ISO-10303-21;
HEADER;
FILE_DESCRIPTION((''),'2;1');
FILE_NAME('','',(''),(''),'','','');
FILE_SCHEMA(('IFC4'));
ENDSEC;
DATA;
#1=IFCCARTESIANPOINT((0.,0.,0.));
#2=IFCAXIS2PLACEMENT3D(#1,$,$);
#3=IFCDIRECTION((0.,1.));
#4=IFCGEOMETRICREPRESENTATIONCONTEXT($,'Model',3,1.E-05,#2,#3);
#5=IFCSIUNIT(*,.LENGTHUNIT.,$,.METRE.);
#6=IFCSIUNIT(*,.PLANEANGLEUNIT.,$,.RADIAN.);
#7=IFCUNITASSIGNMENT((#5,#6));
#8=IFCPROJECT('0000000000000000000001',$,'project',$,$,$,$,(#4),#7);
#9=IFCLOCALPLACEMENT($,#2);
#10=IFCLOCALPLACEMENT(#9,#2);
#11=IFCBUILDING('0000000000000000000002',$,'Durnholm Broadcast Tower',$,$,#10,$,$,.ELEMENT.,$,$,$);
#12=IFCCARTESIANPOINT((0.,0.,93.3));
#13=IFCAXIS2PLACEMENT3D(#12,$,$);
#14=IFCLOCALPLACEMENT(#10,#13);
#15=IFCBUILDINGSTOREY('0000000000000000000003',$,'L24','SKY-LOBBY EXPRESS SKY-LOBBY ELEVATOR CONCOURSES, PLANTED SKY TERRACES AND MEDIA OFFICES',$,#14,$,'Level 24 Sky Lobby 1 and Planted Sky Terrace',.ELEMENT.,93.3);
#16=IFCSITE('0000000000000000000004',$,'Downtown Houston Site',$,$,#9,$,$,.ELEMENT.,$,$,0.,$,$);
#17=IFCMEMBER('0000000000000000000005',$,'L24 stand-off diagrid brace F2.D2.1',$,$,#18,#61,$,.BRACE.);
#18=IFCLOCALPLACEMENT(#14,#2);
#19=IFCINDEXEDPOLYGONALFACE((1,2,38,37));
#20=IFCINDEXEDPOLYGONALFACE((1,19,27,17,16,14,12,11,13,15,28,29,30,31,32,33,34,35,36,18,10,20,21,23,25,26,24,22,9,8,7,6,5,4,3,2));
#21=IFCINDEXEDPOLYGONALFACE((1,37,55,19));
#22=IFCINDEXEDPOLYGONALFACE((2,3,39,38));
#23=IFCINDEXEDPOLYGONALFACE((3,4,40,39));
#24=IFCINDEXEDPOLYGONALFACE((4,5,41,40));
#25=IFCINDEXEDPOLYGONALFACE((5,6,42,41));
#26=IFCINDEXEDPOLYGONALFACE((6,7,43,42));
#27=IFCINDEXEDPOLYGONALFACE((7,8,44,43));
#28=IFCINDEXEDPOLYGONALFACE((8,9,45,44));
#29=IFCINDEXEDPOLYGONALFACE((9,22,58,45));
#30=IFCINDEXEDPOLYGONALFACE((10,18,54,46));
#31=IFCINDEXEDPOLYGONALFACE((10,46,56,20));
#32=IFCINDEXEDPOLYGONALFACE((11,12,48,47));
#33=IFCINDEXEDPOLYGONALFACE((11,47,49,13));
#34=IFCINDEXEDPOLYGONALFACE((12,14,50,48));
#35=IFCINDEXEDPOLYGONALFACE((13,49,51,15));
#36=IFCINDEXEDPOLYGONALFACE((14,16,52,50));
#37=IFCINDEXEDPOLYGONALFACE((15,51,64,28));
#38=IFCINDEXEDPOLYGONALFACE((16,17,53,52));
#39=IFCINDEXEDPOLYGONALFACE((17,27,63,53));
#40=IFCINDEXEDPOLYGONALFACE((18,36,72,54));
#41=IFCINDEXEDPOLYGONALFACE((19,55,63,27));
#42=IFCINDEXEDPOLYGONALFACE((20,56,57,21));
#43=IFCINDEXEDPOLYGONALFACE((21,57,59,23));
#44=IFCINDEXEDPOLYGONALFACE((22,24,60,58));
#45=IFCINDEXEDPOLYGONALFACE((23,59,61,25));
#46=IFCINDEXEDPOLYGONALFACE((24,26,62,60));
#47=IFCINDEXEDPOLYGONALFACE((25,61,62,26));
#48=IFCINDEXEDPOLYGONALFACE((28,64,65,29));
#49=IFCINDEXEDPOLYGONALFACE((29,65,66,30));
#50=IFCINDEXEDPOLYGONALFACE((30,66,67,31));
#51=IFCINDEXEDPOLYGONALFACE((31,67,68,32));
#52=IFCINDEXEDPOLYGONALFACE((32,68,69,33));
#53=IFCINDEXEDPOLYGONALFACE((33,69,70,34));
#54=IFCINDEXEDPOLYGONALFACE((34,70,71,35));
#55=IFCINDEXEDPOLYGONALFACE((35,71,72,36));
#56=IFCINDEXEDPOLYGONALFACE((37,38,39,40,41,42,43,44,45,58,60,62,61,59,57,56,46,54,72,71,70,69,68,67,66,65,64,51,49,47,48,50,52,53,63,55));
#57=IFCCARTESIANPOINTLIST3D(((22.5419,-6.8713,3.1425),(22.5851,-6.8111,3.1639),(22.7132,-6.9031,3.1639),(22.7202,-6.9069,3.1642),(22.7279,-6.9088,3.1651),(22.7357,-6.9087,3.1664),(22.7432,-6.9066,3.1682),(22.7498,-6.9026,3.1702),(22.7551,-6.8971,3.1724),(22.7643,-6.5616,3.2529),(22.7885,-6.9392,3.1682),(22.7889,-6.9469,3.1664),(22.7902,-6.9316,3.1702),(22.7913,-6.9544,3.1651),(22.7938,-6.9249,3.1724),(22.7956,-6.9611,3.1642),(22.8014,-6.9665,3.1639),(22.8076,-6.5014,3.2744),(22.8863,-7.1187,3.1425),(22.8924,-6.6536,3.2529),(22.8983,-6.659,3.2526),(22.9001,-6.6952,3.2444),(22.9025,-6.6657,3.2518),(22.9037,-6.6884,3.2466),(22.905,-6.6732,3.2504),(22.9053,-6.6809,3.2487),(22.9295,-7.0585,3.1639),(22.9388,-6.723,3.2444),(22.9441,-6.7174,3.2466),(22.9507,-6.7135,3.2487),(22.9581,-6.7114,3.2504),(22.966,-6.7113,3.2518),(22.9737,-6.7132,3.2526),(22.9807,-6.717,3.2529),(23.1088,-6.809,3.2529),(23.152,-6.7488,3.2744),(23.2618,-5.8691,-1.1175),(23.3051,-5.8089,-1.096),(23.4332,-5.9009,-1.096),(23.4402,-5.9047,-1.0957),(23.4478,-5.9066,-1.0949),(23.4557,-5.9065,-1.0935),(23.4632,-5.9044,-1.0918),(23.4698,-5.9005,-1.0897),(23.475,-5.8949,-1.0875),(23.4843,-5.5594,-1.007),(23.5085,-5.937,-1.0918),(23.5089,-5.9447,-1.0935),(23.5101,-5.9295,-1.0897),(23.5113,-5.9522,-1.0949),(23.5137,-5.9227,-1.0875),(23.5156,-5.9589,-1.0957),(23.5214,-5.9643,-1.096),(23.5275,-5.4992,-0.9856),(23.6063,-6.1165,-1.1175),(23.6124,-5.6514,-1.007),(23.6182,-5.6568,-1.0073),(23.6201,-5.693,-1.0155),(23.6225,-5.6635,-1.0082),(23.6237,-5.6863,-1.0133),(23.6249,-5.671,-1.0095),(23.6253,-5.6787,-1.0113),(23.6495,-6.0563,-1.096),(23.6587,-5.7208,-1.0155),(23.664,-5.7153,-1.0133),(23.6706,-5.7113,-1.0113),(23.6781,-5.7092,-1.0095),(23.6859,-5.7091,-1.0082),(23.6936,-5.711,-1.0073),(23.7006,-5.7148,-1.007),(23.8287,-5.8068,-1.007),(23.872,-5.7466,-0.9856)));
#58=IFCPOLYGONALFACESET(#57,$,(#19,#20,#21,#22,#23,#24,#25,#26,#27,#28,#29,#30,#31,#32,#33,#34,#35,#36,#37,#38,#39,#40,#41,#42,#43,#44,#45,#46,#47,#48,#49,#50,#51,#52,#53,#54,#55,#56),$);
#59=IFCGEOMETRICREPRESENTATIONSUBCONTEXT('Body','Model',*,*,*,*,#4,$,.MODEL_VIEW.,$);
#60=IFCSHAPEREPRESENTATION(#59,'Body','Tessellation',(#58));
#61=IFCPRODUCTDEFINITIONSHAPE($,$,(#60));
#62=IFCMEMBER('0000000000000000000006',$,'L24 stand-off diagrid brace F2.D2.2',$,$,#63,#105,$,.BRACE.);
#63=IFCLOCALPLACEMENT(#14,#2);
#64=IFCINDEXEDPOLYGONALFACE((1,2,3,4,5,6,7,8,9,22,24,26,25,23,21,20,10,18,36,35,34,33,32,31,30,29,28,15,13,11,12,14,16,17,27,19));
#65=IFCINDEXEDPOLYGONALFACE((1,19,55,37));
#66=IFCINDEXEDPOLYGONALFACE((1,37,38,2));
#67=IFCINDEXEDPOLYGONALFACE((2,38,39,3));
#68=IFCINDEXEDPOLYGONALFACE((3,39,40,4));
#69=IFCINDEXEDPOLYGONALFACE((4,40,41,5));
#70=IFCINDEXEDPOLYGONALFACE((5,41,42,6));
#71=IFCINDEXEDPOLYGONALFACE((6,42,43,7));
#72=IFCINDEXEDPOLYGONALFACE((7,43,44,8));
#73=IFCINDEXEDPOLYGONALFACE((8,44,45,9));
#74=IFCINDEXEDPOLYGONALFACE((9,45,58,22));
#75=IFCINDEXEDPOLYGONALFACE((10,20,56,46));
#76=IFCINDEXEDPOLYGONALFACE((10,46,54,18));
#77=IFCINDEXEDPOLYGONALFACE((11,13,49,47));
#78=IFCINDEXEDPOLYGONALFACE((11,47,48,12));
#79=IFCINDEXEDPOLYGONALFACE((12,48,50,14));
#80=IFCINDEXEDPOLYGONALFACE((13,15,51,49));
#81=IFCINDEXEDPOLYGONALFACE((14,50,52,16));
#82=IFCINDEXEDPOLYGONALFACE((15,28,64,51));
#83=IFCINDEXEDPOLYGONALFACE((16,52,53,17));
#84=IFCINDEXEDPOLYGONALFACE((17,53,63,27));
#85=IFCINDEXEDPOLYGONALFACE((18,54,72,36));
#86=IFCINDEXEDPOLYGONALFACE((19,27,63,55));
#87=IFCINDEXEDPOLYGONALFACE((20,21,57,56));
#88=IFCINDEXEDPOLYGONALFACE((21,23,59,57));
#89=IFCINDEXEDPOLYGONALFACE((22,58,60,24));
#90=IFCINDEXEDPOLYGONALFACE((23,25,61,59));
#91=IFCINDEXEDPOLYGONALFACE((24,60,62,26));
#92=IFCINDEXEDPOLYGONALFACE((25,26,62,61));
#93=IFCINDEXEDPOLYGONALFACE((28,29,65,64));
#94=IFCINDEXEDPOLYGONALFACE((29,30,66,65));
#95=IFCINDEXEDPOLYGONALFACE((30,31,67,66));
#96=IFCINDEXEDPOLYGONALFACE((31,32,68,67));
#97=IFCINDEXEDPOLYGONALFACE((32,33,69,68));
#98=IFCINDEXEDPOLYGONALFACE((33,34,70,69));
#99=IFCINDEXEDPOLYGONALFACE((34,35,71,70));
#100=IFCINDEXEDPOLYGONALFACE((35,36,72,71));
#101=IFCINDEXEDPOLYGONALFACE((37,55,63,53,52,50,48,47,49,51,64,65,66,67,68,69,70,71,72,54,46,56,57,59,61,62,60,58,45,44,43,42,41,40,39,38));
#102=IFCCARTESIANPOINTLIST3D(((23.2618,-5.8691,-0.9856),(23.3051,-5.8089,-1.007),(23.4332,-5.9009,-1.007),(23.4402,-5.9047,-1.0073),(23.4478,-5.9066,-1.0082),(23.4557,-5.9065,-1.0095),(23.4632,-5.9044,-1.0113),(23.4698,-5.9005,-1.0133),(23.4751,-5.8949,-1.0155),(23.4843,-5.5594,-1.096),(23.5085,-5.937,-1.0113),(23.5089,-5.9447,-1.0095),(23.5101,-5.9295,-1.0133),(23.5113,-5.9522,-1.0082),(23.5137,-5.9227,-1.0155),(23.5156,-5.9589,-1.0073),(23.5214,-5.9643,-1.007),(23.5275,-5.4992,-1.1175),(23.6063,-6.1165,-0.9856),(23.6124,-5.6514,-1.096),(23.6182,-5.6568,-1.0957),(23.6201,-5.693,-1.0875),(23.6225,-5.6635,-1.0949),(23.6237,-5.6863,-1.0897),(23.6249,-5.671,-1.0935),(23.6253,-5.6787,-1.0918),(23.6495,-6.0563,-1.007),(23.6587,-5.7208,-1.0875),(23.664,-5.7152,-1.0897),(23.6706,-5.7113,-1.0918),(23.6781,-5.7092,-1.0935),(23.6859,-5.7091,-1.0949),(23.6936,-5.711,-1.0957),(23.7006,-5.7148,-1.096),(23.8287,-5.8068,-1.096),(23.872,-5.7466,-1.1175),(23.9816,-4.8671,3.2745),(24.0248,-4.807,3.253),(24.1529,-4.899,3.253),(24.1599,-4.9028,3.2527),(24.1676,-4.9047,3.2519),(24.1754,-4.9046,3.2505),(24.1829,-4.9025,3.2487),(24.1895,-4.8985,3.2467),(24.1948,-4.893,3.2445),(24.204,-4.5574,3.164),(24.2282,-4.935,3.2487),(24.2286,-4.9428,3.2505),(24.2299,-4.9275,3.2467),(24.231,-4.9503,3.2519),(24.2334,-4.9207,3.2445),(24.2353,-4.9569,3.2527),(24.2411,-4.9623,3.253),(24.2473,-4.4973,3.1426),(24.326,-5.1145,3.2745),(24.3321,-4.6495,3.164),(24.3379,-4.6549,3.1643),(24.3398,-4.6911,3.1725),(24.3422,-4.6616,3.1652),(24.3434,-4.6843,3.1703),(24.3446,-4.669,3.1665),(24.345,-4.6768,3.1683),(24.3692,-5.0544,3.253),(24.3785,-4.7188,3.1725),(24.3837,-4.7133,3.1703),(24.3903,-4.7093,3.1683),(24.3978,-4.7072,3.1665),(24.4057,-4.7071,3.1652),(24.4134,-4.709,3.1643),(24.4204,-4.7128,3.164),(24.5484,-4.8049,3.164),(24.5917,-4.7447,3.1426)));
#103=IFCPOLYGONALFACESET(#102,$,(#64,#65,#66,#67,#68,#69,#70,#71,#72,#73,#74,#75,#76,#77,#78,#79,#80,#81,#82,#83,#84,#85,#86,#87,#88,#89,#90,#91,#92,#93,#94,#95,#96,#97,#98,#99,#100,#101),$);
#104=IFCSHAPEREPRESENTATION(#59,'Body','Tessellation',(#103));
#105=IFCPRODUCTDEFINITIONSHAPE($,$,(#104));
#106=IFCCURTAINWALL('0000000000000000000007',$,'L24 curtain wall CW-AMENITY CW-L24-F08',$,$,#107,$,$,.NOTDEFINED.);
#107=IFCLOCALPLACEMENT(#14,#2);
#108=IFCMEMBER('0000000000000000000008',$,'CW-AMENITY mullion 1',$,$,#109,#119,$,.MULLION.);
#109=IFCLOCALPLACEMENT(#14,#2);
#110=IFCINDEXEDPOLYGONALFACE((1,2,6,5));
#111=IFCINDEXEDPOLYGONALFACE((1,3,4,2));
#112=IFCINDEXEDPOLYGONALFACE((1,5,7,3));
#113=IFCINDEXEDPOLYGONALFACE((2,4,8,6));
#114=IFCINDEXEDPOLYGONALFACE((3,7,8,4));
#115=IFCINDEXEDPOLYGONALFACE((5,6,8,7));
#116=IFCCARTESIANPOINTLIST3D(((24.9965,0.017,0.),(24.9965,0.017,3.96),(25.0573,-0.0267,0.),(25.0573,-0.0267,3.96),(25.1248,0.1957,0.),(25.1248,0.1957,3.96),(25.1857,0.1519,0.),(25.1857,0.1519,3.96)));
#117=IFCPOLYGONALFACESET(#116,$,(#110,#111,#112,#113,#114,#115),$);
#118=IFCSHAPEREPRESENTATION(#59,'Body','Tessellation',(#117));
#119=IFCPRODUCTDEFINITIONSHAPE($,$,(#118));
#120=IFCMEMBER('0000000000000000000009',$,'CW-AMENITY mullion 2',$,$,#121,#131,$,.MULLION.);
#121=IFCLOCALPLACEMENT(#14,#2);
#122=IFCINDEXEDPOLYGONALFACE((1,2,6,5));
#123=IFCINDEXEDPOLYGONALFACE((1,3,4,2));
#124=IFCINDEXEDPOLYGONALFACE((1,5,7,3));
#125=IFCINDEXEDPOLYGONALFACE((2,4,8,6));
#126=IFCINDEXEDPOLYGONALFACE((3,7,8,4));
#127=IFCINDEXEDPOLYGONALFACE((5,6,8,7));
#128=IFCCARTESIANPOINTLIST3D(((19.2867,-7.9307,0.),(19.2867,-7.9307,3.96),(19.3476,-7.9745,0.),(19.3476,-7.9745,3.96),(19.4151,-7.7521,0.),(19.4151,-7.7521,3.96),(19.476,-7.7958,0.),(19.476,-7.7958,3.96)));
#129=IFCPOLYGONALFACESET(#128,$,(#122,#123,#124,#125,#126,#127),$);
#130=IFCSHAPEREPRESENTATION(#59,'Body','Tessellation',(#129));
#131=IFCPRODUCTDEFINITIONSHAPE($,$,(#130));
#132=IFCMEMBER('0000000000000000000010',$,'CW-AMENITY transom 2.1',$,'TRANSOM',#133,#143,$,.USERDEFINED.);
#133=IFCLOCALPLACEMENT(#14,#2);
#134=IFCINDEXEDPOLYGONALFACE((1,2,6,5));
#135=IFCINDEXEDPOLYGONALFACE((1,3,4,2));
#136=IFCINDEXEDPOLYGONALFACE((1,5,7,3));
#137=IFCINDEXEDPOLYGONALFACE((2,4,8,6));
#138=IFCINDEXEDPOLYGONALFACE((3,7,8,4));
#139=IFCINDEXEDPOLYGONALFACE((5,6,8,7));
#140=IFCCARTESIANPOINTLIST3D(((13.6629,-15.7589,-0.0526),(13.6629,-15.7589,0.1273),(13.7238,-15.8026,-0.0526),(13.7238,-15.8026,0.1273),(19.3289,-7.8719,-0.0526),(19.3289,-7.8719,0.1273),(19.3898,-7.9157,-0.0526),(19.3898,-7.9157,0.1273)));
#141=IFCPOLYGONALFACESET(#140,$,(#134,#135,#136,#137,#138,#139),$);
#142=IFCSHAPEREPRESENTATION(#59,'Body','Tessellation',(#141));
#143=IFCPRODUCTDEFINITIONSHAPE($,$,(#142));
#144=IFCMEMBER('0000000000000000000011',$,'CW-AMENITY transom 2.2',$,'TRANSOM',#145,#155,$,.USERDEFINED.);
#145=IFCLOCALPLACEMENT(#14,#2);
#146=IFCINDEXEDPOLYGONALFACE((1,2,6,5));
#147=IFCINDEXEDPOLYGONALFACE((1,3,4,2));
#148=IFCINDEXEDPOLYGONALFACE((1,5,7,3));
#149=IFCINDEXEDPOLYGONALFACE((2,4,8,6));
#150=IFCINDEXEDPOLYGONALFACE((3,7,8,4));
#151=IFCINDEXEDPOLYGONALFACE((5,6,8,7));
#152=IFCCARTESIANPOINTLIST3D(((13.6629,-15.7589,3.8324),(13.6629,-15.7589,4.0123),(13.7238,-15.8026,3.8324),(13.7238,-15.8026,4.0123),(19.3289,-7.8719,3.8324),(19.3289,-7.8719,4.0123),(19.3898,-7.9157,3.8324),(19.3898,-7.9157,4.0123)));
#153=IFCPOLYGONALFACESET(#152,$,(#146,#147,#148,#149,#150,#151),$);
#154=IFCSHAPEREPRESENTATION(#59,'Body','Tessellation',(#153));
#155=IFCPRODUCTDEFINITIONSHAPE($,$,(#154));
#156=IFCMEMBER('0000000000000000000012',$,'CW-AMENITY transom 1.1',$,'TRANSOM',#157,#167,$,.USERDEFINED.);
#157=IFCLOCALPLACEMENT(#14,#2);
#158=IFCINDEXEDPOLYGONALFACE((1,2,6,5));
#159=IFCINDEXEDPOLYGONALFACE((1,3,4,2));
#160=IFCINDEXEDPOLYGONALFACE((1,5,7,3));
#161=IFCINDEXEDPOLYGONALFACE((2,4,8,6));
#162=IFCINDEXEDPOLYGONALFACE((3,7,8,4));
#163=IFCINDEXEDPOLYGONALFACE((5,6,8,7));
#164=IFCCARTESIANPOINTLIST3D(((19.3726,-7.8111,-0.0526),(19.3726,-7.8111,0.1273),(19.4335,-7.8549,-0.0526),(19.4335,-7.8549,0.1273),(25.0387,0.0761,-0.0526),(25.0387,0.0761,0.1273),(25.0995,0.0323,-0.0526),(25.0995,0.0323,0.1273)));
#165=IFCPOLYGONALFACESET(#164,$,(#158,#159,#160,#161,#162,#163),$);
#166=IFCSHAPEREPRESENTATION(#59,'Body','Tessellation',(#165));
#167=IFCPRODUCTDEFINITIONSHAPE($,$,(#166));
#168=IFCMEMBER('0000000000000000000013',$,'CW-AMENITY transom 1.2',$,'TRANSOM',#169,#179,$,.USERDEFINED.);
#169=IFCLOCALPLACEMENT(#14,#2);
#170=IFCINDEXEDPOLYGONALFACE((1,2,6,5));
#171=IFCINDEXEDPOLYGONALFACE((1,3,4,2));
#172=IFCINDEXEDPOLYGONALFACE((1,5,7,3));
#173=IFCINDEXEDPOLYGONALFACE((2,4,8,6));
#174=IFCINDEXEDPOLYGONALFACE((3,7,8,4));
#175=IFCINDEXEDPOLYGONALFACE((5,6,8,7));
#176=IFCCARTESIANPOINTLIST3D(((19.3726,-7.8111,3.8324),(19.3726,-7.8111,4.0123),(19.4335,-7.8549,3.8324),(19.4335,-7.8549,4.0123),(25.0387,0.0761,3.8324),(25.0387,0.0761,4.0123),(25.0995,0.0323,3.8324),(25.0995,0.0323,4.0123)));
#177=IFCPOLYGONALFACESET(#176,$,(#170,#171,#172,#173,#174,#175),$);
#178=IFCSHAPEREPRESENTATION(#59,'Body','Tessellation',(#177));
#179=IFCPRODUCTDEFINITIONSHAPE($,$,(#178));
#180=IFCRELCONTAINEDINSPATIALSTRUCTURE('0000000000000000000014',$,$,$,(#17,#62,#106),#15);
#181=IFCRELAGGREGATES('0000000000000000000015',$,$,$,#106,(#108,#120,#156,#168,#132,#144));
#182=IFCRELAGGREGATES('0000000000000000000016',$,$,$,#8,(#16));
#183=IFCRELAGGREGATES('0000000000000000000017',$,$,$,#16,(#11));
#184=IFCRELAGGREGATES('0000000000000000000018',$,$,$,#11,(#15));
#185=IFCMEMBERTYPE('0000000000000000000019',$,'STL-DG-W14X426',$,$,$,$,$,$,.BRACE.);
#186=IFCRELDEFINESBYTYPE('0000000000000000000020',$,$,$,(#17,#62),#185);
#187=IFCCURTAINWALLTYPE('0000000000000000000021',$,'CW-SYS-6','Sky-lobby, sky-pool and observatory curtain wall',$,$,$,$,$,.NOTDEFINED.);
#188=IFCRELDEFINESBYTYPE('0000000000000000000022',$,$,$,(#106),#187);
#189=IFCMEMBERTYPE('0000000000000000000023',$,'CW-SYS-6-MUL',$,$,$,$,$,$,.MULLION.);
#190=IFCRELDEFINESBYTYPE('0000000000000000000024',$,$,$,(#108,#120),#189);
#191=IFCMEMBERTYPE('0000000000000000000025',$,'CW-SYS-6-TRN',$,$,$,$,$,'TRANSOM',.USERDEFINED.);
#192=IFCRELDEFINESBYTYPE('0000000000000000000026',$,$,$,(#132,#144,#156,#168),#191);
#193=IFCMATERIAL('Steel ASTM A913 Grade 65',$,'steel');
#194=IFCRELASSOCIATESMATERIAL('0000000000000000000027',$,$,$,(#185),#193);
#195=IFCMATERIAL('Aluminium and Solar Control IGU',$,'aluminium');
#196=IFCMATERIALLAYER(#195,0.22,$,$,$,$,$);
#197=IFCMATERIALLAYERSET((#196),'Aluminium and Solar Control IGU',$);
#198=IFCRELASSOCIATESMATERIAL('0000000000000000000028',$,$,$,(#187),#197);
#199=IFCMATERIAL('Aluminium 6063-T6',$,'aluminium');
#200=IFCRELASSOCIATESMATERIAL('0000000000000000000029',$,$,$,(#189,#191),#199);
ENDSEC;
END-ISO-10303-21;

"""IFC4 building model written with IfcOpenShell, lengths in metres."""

from ifc_helpers import new_model, si_unit, direction, frame, origin, origin_2d, place, context, subcontext, project, spatial, rectangle, i_section, extrude, source, transform, mapped, material, layer, layer_set, material_profile, profile_set, type_object, type_shapes, element, aggregate, save


model = new_model("IFC4")

# Units and contexts
model_context = context("Model", 3, precision=1e-05, world=origin(), true_north=direction((0.0, 1.0)))
body_context = subcontext(model_context, "Body", "Model", "MODEL_VIEW")
ifc_project = project(units=[si_unit("LENGTHUNIT", "METRE"), si_unit("PLANEANGLEUNIT", "RADIAN")], contexts=[model_context])

# Site, building, storey
site_placement = place(None, origin())
site = spatial("IfcSite", under=ifc_project, at=site_placement, Name="Downtown Houston Site", CompositionType="ELEMENT", RefElevation=0.0)
building_placement = place(site_placement, origin())
building = spatial("IfcBuilding", under=site, at=building_placement, Name="Durnholm Broadcast Tower", CompositionType="ELEMENT")
storey_placement = place(building_placement, frame((0.0, 0.0, 93.3)))
storey = spatial("IfcBuildingStorey", under=building, at=storey_placement, Name="L24", Description="SKY-LOBBY EXPRESS SKY-LOBBY ELEVATOR CONCOURSES, PLANTED SKY TERRACES AND MEDIA OFFICES", LongName="Level 24 Sky Lobby 1 and Planted Sky Terrace", CompositionType="ELEMENT", Elevation=93.3)

# Members
ifc_material_1 = material(Name="Steel ASTM A913 Grade 65", Category="steel")
ifc_material_profile_1 = material_profile(ifc_material_1, i_section(OverallWidth=0.4241, OverallDepth=0.4741, WebThickness=0.0476, FlangeThickness=0.0771, FilletRadius=0.0305, at=origin_2d()), Name="W14X426")
ifc_profile_set_1 = profile_set([ifc_material_profile_1], Name="Steel ASTM A913 Grade 65")
member_type_1 = type_object("IfcMemberType", Name="STL-DG-W14X426", PredefinedType="BRACE", material=ifc_profile_set_1)
shared_shape_1 = source(origin(), body_context, "Body", "SweptSolid", [
    extrude(i_section(OverallWidth=0.4241, OverallDepth=0.4741, WebThickness=0.0476, FlangeThickness=0.0771, FilletRadius=0.0305, at=origin_2d()), origin(), (0.0, 0.0, 1.0), 4.4351),
])
type_shapes(member_type_1, [shared_shape_1])
for number, where, z_axis, x_axis, name in (
    (1, (23.5669, -5.8079, -1.0515), (-0.162333, -0.225968, 0.960514), (0.812153, -0.583444, 0.0), "L24 stand-off diagrid brace F2.D2.1"),
    (2, (23.5669, -5.8079, -1.0515), (0.162282, 0.225917, 0.960534), (-0.812179, 0.583408, 0.0), "L24 stand-off diagrid brace F2.D2.2"),
):
    element("IfcMember", number, at=place(storey_placement, frame(where, z_axis=z_axis, x_axis=x_axis)), inside=storey, type_object=member_type_1, Name=name, PredefinedType="BRACE", context=body_context, shape_type="MappedRepresentation", body=[
        mapped(shared_shape_1, transform((0.0, 0.0, 0.0), x_axis=(1.0, 0.0, 0.0), y_axis=(0.0, 1.0, 0.0), z_axis=(0.0, 0.0, 1.0), scale=1.0)),
    ])

# Curtain wall, members
ifc_material_2 = material(Name="Aluminium and Solar Control IGU", Category="aluminium")
ifc_layer_1 = layer(ifc_material_2, 0.22)
ifc_layer_set_1 = layer_set([ifc_layer_1], Name="Aluminium and Solar Control IGU")
curtain_wall_type = type_object("IfcCurtainWallType", Name="CW-SYS-6", Description="Sky-lobby, sky-pool and observatory curtain wall", PredefinedType="NOTDEFINED", material=ifc_layer_set_1)
curtain_wall_placement = place(storey_placement, origin())
curtain_wall = element("IfcCurtainWall", 3, at=curtain_wall_placement, inside=storey, type_object=curtain_wall_type, Name="L24 curtain wall CW-AMENITY CW-L24-F08", PredefinedType="NOTDEFINED")
ifc_material_3 = material(Name="Aluminium 6063-T6", Category="aluminium")
ifc_material_profile_2 = material_profile(ifc_material_3, rectangle(XDim=0.075, YDim=0.22, at=origin_2d()), Name="CWM75X220")
ifc_profile_set_2 = profile_set([ifc_material_profile_2], Name="Aluminium 6063-T6")
member_type_2 = type_object("IfcMemberType", Name="CW-SYS-6-MUL", PredefinedType="MULLION", material=ifc_profile_set_2)
shared_shape_2 = source(origin(), body_context, "Body", "SweptSolid", [
    extrude(rectangle(XDim=0.075, YDim=0.22, at=origin_2d()), origin(), (0.0, 0.0, 1.0), 3.96),
])
type_shapes(member_type_2, [shared_shape_2])
member_1_placement = place(storey_placement, frame((25.0911, 0.0845, 0.0), z_axis=(0.0, 0.0, 1.0), x_axis=(0.812152, -0.583445, 0.0)))
member_1 = element("IfcMember", 4, at=member_1_placement, type_object=member_type_2, Name="CW-AMENITY mullion 1", PredefinedType="MULLION", context=body_context, shape_type="MappedRepresentation", body=[
    mapped(shared_shape_2, transform((0.0, 0.0, 0.0), x_axis=(1.0, 0.0, 0.0), y_axis=(0.0, 1.0, 0.0), z_axis=(0.0, 0.0, 1.0), scale=1.0)),
])
member_2_placement = place(storey_placement, frame((19.3813, -7.8633, 0.0), z_axis=(0.0, 0.0, 1.0), x_axis=(0.812152, -0.583445, 0.0)))
member_2 = element("IfcMember", 5, at=member_2_placement, type_object=member_type_2, Name="CW-AMENITY mullion 2", PredefinedType="MULLION", context=body_context, shape_type="MappedRepresentation", body=[
    mapped(shared_shape_2, transform((0.0, 0.0, 0.0), x_axis=(1.0, 0.0, 0.0), y_axis=(0.0, 1.0, 0.0), z_axis=(0.0, 0.0, 1.0), scale=1.0)),
])
ifc_material_profile_3 = material_profile(ifc_material_3, rectangle(XDim=0.075, YDim=0.1799, at=origin_2d()), Name="CWT75X180")
ifc_profile_set_3 = profile_set([ifc_material_profile_3], Name="Aluminium 6063-T6")
member_type_3 = type_object("IfcMemberType", Name="CW-SYS-6-TRN", ElementType="TRANSOM", PredefinedType="USERDEFINED", material=ifc_profile_set_3)
shared_shape_3 = source(origin(), body_context, "Body", "SweptSolid", [
    extrude(rectangle(XDim=0.075, YDim=0.1799, at=origin_2d()), origin(), (0.0, 0.0, 1.0), 9.7112),
])
member_3_placement = place(storey_placement, frame((19.3594, -7.8938, 0.0374), z_axis=(-0.58345, -0.812149, 0.0), x_axis=(0.812149, -0.58345, 0.0)))
member_3 = element("IfcMember", 6, at=member_3_placement, type_object=member_type_3, Name="CW-AMENITY transom 2.1", ObjectType="TRANSOM", PredefinedType="USERDEFINED", context=body_context, shape_type="MappedRepresentation", body=[
    mapped(shared_shape_3, transform((0.0, 0.0, 0.0), x_axis=(1.0, 0.0, 0.0), y_axis=(0.0, 1.0, 0.0), z_axis=(0.0, 0.0, 1.0), scale=1.0)),
])
member_4_placement = place(storey_placement, frame((19.3594, -7.8938, 3.9224), z_axis=(-0.58345, -0.812149, 0.0), x_axis=(0.812149, -0.58345, 0.0)))
member_4 = element("IfcMember", 7, at=member_4_placement, type_object=member_type_3, Name="CW-AMENITY transom 2.2", ObjectType="TRANSOM", PredefinedType="USERDEFINED", context=body_context, shape_type="MappedRepresentation", body=[
    mapped(shared_shape_3, transform((0.0, 0.0, 0.0), x_axis=(1.0, 0.0, 0.0), y_axis=(0.0, 1.0, 0.0), z_axis=(0.0, 0.0, 1.0), scale=1.0)),
])
shared_shape_4 = source(origin(), body_context, "Body", "SweptSolid", [
    extrude(rectangle(XDim=0.075, YDim=0.1799, at=origin_2d()), origin(), (0.0, 0.0, 1.0), 9.7114),
])
type_shapes(member_type_3, [shared_shape_3, shared_shape_4])
member_5_placement = place(storey_placement, frame((25.0691, 0.0542, 0.0374), z_axis=(-0.583438, -0.812158, 0.0), x_axis=(0.812158, -0.583438, 0.0)))
member_5 = element("IfcMember", 8, at=member_5_placement, type_object=member_type_3, Name="CW-AMENITY transom 1.1", ObjectType="TRANSOM", PredefinedType="USERDEFINED", context=body_context, shape_type="MappedRepresentation", body=[
    mapped(shared_shape_4, transform((0.0, 0.0, 0.0), x_axis=(1.0, 0.0, 0.0), y_axis=(0.0, 1.0, 0.0), z_axis=(0.0, 0.0, 1.0), scale=1.0)),
])
member_6_placement = place(storey_placement, frame((25.0691, 0.0542, 3.9224), z_axis=(-0.583438, -0.812158, 0.0), x_axis=(0.812158, -0.583438, 0.0)))
member_6 = element("IfcMember", 9, at=member_6_placement, type_object=member_type_3, Name="CW-AMENITY transom 1.2", ObjectType="TRANSOM", PredefinedType="USERDEFINED", context=body_context, shape_type="MappedRepresentation", body=[
    mapped(shared_shape_4, transform((0.0, 0.0, 0.0), x_axis=(1.0, 0.0, 0.0), y_axis=(0.0, 1.0, 0.0), z_axis=(0.0, 0.0, 1.0), scale=1.0)),
])
aggregate(curtain_wall, [member_1, member_2, member_5, member_6, member_3, member_4])

save(model, "model.ifc")
